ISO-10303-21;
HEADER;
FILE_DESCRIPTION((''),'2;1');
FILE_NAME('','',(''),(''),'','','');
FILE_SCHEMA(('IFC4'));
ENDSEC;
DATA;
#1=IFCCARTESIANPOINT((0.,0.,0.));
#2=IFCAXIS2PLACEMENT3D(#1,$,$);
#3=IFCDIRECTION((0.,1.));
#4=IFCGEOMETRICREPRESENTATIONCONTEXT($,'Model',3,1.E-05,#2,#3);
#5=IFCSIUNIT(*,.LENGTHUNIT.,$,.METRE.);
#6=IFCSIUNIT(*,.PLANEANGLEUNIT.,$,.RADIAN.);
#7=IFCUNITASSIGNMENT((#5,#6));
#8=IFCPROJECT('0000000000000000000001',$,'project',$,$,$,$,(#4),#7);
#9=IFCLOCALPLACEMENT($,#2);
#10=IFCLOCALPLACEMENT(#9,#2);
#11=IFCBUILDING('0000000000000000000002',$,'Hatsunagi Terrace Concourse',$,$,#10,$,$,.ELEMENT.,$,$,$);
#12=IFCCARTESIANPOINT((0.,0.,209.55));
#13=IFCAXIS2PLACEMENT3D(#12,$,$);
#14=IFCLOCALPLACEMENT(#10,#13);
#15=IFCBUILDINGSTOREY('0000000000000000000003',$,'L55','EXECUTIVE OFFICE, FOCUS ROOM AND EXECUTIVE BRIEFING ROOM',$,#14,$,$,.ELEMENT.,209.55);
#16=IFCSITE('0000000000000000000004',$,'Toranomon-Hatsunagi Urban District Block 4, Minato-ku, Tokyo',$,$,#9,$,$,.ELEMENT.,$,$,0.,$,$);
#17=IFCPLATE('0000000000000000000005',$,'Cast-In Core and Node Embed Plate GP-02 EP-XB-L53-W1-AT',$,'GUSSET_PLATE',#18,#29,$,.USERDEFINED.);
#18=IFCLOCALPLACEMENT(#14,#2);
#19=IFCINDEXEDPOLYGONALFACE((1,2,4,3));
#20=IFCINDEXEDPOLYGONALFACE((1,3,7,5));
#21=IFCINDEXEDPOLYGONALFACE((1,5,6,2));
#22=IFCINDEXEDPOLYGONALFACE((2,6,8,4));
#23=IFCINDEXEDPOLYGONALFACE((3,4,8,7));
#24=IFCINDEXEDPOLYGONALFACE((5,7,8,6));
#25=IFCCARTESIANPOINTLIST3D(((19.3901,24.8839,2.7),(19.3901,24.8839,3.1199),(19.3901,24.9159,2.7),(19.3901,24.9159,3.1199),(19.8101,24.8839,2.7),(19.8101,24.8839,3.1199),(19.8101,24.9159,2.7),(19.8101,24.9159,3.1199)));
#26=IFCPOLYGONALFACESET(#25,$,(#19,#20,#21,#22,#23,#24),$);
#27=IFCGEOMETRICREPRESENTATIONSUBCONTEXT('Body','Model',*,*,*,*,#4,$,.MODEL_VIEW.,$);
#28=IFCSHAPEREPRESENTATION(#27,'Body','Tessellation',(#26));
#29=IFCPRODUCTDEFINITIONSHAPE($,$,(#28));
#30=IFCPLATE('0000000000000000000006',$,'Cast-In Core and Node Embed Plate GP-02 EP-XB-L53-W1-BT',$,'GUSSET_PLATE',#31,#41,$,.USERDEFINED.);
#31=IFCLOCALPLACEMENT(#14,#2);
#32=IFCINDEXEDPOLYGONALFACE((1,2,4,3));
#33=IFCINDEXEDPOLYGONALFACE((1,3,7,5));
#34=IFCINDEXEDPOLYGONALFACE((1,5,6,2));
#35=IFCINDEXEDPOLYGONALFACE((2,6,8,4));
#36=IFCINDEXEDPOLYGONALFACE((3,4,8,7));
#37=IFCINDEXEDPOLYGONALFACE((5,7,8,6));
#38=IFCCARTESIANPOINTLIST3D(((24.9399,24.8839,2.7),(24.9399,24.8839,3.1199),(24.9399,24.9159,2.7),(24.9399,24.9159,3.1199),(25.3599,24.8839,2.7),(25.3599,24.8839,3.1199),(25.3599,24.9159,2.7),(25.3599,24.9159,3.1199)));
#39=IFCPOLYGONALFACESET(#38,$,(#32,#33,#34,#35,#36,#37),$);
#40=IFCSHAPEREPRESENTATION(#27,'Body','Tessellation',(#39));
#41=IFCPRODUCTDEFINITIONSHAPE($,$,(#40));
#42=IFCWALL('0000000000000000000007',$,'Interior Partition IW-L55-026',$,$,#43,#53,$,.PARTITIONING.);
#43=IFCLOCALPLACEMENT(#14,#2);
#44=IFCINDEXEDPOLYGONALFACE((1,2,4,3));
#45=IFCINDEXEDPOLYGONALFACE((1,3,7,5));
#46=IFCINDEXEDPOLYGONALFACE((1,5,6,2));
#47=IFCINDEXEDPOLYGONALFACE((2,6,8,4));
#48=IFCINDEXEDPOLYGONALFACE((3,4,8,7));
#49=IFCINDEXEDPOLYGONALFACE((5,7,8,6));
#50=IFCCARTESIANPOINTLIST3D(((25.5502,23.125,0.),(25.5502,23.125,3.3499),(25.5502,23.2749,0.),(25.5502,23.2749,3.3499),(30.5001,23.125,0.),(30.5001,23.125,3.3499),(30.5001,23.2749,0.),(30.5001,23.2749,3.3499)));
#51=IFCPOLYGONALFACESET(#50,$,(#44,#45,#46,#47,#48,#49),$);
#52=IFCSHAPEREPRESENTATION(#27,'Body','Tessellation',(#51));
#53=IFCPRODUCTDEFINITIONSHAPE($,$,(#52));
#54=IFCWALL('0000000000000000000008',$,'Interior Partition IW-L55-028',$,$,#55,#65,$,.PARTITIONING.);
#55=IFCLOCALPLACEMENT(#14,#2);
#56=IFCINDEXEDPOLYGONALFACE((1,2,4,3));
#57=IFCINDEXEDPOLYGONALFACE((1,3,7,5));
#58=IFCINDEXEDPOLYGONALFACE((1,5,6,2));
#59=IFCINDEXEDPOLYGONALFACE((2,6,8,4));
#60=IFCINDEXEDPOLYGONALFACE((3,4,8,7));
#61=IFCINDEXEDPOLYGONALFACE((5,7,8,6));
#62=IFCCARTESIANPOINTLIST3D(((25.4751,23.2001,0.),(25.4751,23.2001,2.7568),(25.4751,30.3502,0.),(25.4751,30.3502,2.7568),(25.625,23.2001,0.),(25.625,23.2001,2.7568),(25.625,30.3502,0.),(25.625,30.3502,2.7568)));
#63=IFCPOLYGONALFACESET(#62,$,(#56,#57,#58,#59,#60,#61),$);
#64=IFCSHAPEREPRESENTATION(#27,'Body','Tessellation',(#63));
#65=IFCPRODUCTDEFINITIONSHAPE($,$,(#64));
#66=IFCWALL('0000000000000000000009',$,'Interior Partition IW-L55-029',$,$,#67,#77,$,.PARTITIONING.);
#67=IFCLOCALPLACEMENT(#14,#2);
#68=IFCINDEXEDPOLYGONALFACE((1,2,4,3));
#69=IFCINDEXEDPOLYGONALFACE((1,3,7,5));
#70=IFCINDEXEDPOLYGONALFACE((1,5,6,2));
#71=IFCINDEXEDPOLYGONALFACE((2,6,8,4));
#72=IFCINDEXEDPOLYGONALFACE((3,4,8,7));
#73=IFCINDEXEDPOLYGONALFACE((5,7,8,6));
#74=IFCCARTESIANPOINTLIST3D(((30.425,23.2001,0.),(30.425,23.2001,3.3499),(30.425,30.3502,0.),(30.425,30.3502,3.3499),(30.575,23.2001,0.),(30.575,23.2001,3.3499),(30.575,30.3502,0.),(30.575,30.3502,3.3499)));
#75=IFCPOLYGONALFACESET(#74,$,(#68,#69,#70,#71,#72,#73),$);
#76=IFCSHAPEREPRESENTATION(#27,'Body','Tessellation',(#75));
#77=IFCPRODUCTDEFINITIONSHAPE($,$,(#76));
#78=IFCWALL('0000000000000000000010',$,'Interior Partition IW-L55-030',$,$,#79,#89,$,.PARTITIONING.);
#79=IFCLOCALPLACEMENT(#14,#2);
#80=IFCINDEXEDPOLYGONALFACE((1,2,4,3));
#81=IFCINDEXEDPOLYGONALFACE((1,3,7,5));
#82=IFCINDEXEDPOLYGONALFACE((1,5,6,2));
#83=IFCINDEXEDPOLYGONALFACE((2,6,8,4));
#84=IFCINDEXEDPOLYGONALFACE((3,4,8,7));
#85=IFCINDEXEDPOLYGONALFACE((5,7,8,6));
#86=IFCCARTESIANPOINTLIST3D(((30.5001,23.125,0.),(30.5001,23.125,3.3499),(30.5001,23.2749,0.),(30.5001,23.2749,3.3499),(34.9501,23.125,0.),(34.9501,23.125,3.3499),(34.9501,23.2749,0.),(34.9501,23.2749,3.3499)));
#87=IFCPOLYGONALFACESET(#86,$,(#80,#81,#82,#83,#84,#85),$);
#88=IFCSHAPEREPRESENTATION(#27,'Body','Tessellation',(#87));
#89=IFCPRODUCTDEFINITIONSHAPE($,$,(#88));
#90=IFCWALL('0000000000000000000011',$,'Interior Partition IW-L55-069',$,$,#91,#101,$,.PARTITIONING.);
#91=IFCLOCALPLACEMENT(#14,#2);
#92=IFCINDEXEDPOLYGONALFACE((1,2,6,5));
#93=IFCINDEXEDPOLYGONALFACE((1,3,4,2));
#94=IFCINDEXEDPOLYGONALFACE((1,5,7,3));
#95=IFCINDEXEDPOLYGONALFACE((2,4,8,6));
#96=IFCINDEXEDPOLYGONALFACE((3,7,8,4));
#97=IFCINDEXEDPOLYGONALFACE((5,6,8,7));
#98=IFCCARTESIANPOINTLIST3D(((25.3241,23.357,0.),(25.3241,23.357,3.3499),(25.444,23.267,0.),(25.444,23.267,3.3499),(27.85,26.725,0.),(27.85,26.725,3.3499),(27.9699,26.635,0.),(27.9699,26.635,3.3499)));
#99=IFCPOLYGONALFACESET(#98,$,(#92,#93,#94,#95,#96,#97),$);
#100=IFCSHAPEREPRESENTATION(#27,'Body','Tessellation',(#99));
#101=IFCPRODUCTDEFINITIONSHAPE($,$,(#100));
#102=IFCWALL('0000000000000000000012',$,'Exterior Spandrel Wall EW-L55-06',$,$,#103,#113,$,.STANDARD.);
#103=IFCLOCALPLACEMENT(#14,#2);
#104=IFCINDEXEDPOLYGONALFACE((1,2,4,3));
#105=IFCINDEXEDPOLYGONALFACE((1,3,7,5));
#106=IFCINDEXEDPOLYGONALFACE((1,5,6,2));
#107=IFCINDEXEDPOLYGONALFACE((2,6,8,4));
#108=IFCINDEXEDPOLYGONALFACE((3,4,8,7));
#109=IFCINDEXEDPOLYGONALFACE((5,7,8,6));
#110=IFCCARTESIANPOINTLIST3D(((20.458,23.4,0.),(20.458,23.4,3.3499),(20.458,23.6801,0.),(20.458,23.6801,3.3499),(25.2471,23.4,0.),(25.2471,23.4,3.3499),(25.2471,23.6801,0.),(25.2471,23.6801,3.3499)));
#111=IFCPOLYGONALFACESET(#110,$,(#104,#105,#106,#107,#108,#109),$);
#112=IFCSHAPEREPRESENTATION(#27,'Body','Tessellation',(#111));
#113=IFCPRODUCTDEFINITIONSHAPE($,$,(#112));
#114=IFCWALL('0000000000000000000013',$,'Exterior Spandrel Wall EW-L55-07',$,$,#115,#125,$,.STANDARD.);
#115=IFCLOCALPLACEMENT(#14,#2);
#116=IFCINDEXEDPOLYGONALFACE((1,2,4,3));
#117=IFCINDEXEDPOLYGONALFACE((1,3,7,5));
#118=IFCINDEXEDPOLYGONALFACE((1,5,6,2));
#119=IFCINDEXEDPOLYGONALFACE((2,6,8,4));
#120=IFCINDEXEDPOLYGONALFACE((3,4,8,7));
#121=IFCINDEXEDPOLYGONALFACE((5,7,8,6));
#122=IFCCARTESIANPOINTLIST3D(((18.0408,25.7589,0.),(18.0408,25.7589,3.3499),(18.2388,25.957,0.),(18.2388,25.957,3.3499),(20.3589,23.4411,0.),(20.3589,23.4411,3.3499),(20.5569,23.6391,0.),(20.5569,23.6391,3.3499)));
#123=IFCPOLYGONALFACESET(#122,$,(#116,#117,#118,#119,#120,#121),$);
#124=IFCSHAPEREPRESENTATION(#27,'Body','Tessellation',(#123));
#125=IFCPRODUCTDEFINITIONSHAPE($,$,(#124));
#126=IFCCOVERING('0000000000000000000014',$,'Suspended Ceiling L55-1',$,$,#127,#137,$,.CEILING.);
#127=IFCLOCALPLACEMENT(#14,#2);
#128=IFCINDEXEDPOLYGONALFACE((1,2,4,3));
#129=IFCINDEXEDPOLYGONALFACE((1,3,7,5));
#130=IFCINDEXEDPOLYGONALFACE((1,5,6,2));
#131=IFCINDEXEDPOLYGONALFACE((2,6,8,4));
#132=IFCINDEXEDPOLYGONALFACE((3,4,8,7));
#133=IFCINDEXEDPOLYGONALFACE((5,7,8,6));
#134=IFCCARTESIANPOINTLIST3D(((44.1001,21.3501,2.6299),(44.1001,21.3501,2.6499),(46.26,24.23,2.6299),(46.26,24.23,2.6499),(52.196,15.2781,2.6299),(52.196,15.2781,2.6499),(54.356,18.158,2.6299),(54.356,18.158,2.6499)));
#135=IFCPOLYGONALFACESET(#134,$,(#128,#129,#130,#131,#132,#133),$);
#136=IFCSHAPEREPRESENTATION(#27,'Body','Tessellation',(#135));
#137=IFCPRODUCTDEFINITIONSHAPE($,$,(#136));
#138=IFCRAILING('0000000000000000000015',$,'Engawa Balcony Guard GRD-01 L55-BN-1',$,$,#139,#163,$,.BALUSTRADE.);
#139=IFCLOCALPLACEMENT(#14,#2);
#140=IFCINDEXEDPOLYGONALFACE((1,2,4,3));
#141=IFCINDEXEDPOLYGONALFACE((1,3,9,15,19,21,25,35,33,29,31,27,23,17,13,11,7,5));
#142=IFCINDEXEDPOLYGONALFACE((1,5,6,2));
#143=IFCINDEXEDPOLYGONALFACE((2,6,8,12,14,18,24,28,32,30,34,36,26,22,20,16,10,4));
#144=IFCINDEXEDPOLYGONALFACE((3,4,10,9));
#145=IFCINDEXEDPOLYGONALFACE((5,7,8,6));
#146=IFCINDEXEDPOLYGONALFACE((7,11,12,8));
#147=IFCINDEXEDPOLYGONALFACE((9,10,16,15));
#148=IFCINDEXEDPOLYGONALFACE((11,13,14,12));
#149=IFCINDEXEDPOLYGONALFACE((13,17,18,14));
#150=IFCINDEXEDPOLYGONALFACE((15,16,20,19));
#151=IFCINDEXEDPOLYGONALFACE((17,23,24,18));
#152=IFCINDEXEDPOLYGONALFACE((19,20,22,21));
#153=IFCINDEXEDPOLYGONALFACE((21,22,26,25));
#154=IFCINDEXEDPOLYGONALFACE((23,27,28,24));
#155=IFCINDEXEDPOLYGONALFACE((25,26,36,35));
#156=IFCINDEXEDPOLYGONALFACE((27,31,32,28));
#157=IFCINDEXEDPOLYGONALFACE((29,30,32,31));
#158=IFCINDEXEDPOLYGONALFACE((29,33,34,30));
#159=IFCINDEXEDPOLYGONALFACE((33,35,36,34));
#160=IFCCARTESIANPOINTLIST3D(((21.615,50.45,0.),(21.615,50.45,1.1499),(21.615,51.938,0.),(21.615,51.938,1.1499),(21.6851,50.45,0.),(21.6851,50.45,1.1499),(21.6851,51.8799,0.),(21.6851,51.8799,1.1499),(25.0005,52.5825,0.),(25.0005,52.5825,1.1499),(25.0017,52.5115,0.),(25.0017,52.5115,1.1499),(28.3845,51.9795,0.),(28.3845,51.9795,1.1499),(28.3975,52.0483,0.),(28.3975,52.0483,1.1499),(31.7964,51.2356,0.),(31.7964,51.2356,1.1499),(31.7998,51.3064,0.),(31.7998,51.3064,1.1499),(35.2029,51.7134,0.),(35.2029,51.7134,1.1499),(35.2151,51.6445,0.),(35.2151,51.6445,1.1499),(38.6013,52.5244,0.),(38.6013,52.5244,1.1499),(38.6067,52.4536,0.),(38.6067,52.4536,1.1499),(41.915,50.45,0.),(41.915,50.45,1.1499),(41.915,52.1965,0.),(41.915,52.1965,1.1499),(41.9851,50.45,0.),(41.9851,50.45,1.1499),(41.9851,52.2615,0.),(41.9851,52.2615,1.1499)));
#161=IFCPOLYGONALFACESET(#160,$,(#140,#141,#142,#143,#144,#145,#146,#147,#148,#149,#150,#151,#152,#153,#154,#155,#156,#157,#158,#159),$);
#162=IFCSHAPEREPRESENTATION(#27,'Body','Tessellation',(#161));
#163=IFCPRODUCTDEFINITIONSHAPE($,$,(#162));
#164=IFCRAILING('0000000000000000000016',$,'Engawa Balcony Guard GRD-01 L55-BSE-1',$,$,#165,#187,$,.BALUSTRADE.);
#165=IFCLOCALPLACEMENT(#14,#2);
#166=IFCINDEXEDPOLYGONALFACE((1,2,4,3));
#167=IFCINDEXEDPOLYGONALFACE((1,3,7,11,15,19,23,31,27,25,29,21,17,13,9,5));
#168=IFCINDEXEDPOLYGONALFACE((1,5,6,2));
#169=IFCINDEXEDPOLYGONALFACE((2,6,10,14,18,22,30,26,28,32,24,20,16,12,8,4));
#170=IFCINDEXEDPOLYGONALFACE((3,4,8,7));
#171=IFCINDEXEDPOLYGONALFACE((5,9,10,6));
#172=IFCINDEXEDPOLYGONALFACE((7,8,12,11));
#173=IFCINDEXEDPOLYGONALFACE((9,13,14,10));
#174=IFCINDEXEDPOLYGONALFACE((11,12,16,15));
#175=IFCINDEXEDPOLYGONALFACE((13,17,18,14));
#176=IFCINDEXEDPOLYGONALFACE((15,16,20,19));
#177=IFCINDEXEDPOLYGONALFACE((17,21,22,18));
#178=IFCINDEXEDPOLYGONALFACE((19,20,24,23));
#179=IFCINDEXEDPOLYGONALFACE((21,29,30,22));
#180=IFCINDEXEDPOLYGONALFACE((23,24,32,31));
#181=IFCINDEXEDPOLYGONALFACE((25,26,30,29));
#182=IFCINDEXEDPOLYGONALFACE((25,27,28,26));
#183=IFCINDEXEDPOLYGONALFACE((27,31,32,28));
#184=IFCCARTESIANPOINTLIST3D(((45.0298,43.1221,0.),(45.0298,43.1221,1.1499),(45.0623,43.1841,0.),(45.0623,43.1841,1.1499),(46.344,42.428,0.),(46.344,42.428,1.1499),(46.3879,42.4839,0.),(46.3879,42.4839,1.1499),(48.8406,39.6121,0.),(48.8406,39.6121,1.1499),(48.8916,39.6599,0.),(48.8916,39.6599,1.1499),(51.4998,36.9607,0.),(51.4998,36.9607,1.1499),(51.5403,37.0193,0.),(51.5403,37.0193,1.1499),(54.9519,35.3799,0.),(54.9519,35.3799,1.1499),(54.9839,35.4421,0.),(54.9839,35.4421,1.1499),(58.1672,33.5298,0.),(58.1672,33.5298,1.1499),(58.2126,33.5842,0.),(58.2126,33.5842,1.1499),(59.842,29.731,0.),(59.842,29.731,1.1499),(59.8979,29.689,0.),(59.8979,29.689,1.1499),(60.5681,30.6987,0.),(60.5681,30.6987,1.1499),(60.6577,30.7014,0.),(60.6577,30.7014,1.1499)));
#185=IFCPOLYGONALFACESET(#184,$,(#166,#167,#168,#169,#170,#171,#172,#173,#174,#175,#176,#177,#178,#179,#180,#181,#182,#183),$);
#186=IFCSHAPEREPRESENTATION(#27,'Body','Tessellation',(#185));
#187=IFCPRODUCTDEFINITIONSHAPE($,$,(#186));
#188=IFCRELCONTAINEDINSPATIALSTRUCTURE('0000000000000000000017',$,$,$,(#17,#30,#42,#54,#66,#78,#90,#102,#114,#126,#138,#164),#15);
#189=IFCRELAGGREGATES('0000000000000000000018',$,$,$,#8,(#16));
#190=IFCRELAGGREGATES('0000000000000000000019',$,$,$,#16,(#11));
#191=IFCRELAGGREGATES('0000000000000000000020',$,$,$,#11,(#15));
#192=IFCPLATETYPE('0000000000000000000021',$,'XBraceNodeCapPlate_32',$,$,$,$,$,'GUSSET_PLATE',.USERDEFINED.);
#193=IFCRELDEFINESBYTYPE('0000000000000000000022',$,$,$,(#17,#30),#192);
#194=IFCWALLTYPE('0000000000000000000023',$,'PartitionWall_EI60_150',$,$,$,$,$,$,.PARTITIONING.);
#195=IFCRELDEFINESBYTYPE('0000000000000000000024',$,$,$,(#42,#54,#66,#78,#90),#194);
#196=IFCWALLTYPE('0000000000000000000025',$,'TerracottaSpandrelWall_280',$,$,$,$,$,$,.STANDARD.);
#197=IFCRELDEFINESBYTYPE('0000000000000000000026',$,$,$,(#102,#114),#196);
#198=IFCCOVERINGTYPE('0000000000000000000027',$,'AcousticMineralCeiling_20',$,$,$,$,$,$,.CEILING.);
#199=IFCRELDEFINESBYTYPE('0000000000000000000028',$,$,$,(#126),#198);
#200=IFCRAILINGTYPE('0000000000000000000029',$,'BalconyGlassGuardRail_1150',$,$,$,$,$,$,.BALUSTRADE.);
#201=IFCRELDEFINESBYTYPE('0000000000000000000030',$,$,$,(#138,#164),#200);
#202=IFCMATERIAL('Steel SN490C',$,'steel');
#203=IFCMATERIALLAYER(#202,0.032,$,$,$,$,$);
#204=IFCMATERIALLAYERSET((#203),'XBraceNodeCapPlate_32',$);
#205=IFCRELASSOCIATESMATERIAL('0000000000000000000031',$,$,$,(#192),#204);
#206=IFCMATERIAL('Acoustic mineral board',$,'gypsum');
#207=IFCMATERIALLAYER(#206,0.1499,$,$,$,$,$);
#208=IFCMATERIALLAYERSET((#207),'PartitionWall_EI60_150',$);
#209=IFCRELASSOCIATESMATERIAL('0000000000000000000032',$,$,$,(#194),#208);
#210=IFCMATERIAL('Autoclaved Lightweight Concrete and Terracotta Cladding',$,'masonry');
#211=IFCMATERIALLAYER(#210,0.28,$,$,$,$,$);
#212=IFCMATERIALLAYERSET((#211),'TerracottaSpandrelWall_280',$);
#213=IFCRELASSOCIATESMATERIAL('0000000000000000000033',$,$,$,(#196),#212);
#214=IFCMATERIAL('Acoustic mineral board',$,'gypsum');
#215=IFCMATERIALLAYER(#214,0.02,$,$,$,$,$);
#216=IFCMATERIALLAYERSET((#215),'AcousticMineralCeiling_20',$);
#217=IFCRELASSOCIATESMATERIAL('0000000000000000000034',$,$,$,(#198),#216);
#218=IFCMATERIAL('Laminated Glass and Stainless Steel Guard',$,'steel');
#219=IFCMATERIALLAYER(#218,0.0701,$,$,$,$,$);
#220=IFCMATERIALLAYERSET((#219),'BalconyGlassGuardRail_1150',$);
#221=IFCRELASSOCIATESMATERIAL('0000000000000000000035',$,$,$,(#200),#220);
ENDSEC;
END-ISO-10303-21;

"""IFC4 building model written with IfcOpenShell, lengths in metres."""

from ifc_helpers import new_model, si_unit, direction, frame, frame_2d, origin, origin_2d, place, context, subcontext, project, spatial, polyline, rectangle, outline, extrude, material, layer, layer_set, type_object, element, save


model = new_model("IFC4")

# Units and contexts
model_context = context("Model", 3, precision=1e-05, world=origin(), true_north=direction((0.0, 1.0)))
body_context = subcontext(model_context, "Body", "Model", "MODEL_VIEW")
ifc_project = project(units=[si_unit("LENGTHUNIT", "METRE"), si_unit("PLANEANGLEUNIT", "RADIAN")], contexts=[model_context])

# Site, building, storey
site_placement = place(None, origin())
site = spatial("IfcSite", under=ifc_project, at=site_placement, Name="Toranomon-Hatsunagi Urban District Block 4, Minato-ku, Tokyo", CompositionType="ELEMENT", RefElevation=0.0)
building_placement = place(site_placement, origin())
building = spatial("IfcBuilding", under=site, at=building_placement, Name="Hatsunagi Terrace Concourse", CompositionType="ELEMENT")
storey_placement = place(building_placement, frame((0.0, 0.0, 209.55)))
storey = spatial("IfcBuildingStorey", under=building, at=storey_placement, Name="L55", Description="EXECUTIVE OFFICE, FOCUS ROOM AND EXECUTIVE BRIEFING ROOM", CompositionType="ELEMENT", Elevation=209.55)

# Plates
ifc_material_1 = material(Name="Steel SN490C", Category="steel")
ifc_layer_1 = layer(ifc_material_1, 0.032)
ifc_layer_set_1 = layer_set([ifc_layer_1], Name="XBraceNodeCapPlate_32")
plate_type = type_object("IfcPlateType", Name="XBraceNodeCapPlate_32", ElementType="GUSSET_PLATE", PredefinedType="USERDEFINED", material=ifc_layer_set_1)
for number, where, z_axis, x_axis, name in (
    (1, (19.6001, 24.8999, 2.7), (0.0, 0.0, 1.0), (1.0, 0.0, 0.0), "Cast-In Core and Node Embed Plate GP-02 EP-XB-L53-W1-AT"),
    (2, (25.1499, 24.8999, 2.7), (0.0, 0.0, 1.0), (1.0, 0.0, 0.0), "Cast-In Core and Node Embed Plate GP-02 EP-XB-L53-W1-BT"),
):
    element("IfcPlate", number, at=place(storey_placement, frame(where, z_axis=z_axis, x_axis=x_axis)), inside=storey, type_object=plate_type, Name=name, ObjectType="GUSSET_PLATE", PredefinedType="USERDEFINED", context=body_context, shape_type="SweptSolid", body=[
        extrude(rectangle(XDim=0.4199, YDim=0.032, at=origin_2d()), origin(), (0.0, 0.0, 1.0), 0.4199),
    ])

# Walls
ifc_material_2 = material(Name="Acoustic mineral board", Category="gypsum")
ifc_layer_2 = layer(ifc_material_2, 0.1499)
ifc_layer_set_2 = layer_set([ifc_layer_2], Name="PartitionWall_EI60_150")
wall_type_1 = type_object("IfcWallType", Name="PartitionWall_EI60_150", PredefinedType="PARTITIONING", material=ifc_layer_set_2)
wall_1_placement = place(storey_placement, frame((25.55, 23.2, 0.0), z_axis=(0.0, 0.0, 1.0), x_axis=(1.0, 0.0, 0.0)))
element("IfcWall", 3, at=wall_1_placement, inside=storey, type_object=wall_type_1, Name="Interior Partition IW-L55-026", PredefinedType="PARTITIONING", context=body_context, shape_type="SweptSolid", body=[
    extrude(rectangle(XDim=4.95, YDim=0.1499, at=frame_2d((2.4751, 0.0))), origin(), (0.0, 0.0, 1.0), 3.3499),
])
wall_2_placement = place(storey_placement, frame((25.55, 23.2, 0.0), z_axis=(0.0, 0.0, 1.0), x_axis=(0.0, 1.0, 0.0)))
element("IfcWall", 4, at=wall_2_placement, inside=storey, type_object=wall_type_1, Name="Interior Partition IW-L55-028", PredefinedType="PARTITIONING", context=body_context, shape_type="SweptSolid", body=[
    extrude(rectangle(XDim=7.1501, YDim=0.1499, at=frame_2d((3.5752, 0.0))), origin(), (0.0, 0.0, 1.0), 2.7568),
])
wall_3_placement = place(storey_placement, frame((30.5, 23.2, 0.0), z_axis=(0.0, 0.0, 1.0), x_axis=(0.0, 1.0, 0.0)))
element("IfcWall", 5, at=wall_3_placement, inside=storey, type_object=wall_type_1, Name="Interior Partition IW-L55-029", PredefinedType="PARTITIONING", context=body_context, shape_type="SweptSolid", body=[
    extrude(rectangle(XDim=7.1501, YDim=0.1499, at=frame_2d((3.5752, 0.0))), origin(), (0.0, 0.0, 1.0), 3.3499),
])
wall_4_placement = place(storey_placement, frame((30.5, 23.2, 0.0), z_axis=(0.0, 0.0, 1.0), x_axis=(1.0, 0.0, 0.0)))
element("IfcWall", 6, at=wall_4_placement, inside=storey, type_object=wall_type_1, Name="Interior Partition IW-L55-030", PredefinedType="PARTITIONING", context=body_context, shape_type="SweptSolid", body=[
    extrude(rectangle(XDim=4.45, YDim=0.1499, at=frame_2d((2.2251, 0.0))), origin(), (0.0, 0.0, 1.0), 3.3499),
])

# Walls
wall_5_placement = place(storey_placement, frame((25.384, 23.312, 0.0), z_axis=(0.0, 0.0, 1.0), x_axis=(0.599991, 0.800007, 0.0)))
element("IfcWall", 7, at=wall_5_placement, inside=storey, type_object=wall_type_1, Name="Interior Partition IW-L55-069", PredefinedType="PARTITIONING", context=body_context, shape_type="SweptSolid", body=[
    extrude(rectangle(XDim=4.21, YDim=0.1499, at=frame_2d((2.105, 0.0))), origin(), (0.0, 0.0, 1.0), 3.3499),
])
ifc_material_3 = material(Name="Autoclaved Lightweight Concrete and Terracotta Cladding", Category="masonry")
ifc_layer_3 = layer(ifc_material_3, 0.28)
ifc_layer_set_3 = layer_set([ifc_layer_3], Name="TerracottaSpandrelWall_280")
wall_type_2 = type_object("IfcWallType", Name="TerracottaSpandrelWall_280", PredefinedType="STANDARD", material=ifc_layer_set_3)
wall_6_placement = place(storey_placement, frame((25.2471, 23.54, 0.0), z_axis=(0.0, 0.0, 1.0), x_axis=(-1.0, 0.0, 0.0)))
element("IfcWall", 8, at=wall_6_placement, inside=storey, type_object=wall_type_2, Name="Exterior Spandrel Wall EW-L55-06", PredefinedType="STANDARD", context=body_context, shape_type="SweptSolid", body=[
    extrude(rectangle(XDim=4.7891, YDim=0.28, at=frame_2d((2.3945, 0.0))), origin(), (0.0, 0.0, 1.0), 3.3499),
])
wall_7_placement = place(storey_placement, frame((20.458, 23.54, 0.0), z_axis=(0.0, 0.0, 1.0), x_axis=(-0.707144, 0.70707, 0.0)))
element("IfcWall", 9, at=wall_7_placement, inside=storey, type_object=wall_type_2, Name="Exterior Spandrel Wall EW-L55-07", PredefinedType="STANDARD", context=body_context, shape_type="SweptSolid", body=[
    extrude(rectangle(XDim=3.2781, YDim=0.28, at=frame_2d((1.6392, 0.0))), origin(), (0.0, 0.0, 1.0), 3.3499),
])

# Covering
ifc_material_4 = material(Name="Acoustic mineral board", Category="gypsum")
ifc_layer_4 = layer(ifc_material_4, 0.02)
ifc_layer_set_4 = layer_set([ifc_layer_4], Name="AcousticMineralCeiling_20")
covering_type_1 = type_object("IfcCoveringType", Name="AcousticMineralCeiling_20", PredefinedType="CEILING", material=ifc_layer_set_4)
covering_1_placement = place(storey_placement, frame((0.0, 0.0, 2.6299)))
element("IfcCovering", 10, at=covering_1_placement, inside=storey, type_object=covering_type_1, Name="Suspended Ceiling L55-1", PredefinedType="CEILING", context=body_context, shape_type="SweptSolid", body=[
    extrude(outline(polyline([(54.356, 18.158), (46.26, 24.23), (44.1001, 21.3501), (52.196, 15.2781), (54.356, 18.158)])), origin(), (0.0, 0.0, 1.0), 0.02),
])

# Railings
ifc_material_5 = material(Name="Laminated Glass and Stainless Steel Guard", Category="steel")
ifc_layer_5 = layer(ifc_material_5, 0.0701)
ifc_layer_set_5 = layer_set([ifc_layer_5], Name="BalconyGlassGuardRail_1150")
railing_type = type_object("IfcRailingType", Name="BalconyGlassGuardRail_1150", PredefinedType="BALUSTRADE", material=ifc_layer_set_5)
railing_1_placement = place(storey_placement, origin())
element("IfcRailing", 11, at=railing_1_placement, inside=storey, type_object=railing_type, Name="Engawa Balcony Guard GRD-01 L55-BN-1", PredefinedType="BALUSTRADE", context=body_context, shape_type="SweptSolid", body=[
    extrude(outline(polyline([(21.615, 50.45), (21.6851, 50.45), (21.6851, 51.8799), (25.0017, 52.5115), (28.3845, 51.9795), (31.7964, 51.2356), (35.2151, 51.6445), (38.6067, 52.4536), (41.915, 52.1965), (41.915, 50.45), (41.9851, 50.45), (41.9851, 52.2615), (38.6013, 52.5244), (35.2029, 51.7134), (31.7998, 51.3064), (28.3975, 52.0483), (25.0005, 52.5825), (21.615, 51.938), (21.615, 50.45)])), origin(), (0.0, 0.0, 1.0), 1.1499),
])
railing_2_placement = place(storey_placement, origin())
element("IfcRailing", 12, at=railing_2_placement, inside=storey, type_object=railing_type, Name="Engawa Balcony Guard GRD-01 L55-BSE-1", PredefinedType="BALUSTRADE", context=body_context, shape_type="SweptSolid", body=[
    extrude(outline(polyline([(45.0623, 43.1841), (45.0298, 43.1221), (46.344, 42.428), (48.8406, 39.6121), (51.4998, 36.9607), (54.9519, 35.3799), (58.1672, 33.5298), (60.5681, 30.6987), (59.842, 29.731), (59.8979, 29.689), (60.6577, 30.7014), (58.2126, 33.5842), (54.9839, 35.4421), (51.5403, 37.0193), (48.8916, 39.6599), (46.3879, 42.4839), (45.0623, 43.1841)])), origin(), (0.0, 0.0, 1.0), 1.1499),
])

save(model, "model.ifc")
